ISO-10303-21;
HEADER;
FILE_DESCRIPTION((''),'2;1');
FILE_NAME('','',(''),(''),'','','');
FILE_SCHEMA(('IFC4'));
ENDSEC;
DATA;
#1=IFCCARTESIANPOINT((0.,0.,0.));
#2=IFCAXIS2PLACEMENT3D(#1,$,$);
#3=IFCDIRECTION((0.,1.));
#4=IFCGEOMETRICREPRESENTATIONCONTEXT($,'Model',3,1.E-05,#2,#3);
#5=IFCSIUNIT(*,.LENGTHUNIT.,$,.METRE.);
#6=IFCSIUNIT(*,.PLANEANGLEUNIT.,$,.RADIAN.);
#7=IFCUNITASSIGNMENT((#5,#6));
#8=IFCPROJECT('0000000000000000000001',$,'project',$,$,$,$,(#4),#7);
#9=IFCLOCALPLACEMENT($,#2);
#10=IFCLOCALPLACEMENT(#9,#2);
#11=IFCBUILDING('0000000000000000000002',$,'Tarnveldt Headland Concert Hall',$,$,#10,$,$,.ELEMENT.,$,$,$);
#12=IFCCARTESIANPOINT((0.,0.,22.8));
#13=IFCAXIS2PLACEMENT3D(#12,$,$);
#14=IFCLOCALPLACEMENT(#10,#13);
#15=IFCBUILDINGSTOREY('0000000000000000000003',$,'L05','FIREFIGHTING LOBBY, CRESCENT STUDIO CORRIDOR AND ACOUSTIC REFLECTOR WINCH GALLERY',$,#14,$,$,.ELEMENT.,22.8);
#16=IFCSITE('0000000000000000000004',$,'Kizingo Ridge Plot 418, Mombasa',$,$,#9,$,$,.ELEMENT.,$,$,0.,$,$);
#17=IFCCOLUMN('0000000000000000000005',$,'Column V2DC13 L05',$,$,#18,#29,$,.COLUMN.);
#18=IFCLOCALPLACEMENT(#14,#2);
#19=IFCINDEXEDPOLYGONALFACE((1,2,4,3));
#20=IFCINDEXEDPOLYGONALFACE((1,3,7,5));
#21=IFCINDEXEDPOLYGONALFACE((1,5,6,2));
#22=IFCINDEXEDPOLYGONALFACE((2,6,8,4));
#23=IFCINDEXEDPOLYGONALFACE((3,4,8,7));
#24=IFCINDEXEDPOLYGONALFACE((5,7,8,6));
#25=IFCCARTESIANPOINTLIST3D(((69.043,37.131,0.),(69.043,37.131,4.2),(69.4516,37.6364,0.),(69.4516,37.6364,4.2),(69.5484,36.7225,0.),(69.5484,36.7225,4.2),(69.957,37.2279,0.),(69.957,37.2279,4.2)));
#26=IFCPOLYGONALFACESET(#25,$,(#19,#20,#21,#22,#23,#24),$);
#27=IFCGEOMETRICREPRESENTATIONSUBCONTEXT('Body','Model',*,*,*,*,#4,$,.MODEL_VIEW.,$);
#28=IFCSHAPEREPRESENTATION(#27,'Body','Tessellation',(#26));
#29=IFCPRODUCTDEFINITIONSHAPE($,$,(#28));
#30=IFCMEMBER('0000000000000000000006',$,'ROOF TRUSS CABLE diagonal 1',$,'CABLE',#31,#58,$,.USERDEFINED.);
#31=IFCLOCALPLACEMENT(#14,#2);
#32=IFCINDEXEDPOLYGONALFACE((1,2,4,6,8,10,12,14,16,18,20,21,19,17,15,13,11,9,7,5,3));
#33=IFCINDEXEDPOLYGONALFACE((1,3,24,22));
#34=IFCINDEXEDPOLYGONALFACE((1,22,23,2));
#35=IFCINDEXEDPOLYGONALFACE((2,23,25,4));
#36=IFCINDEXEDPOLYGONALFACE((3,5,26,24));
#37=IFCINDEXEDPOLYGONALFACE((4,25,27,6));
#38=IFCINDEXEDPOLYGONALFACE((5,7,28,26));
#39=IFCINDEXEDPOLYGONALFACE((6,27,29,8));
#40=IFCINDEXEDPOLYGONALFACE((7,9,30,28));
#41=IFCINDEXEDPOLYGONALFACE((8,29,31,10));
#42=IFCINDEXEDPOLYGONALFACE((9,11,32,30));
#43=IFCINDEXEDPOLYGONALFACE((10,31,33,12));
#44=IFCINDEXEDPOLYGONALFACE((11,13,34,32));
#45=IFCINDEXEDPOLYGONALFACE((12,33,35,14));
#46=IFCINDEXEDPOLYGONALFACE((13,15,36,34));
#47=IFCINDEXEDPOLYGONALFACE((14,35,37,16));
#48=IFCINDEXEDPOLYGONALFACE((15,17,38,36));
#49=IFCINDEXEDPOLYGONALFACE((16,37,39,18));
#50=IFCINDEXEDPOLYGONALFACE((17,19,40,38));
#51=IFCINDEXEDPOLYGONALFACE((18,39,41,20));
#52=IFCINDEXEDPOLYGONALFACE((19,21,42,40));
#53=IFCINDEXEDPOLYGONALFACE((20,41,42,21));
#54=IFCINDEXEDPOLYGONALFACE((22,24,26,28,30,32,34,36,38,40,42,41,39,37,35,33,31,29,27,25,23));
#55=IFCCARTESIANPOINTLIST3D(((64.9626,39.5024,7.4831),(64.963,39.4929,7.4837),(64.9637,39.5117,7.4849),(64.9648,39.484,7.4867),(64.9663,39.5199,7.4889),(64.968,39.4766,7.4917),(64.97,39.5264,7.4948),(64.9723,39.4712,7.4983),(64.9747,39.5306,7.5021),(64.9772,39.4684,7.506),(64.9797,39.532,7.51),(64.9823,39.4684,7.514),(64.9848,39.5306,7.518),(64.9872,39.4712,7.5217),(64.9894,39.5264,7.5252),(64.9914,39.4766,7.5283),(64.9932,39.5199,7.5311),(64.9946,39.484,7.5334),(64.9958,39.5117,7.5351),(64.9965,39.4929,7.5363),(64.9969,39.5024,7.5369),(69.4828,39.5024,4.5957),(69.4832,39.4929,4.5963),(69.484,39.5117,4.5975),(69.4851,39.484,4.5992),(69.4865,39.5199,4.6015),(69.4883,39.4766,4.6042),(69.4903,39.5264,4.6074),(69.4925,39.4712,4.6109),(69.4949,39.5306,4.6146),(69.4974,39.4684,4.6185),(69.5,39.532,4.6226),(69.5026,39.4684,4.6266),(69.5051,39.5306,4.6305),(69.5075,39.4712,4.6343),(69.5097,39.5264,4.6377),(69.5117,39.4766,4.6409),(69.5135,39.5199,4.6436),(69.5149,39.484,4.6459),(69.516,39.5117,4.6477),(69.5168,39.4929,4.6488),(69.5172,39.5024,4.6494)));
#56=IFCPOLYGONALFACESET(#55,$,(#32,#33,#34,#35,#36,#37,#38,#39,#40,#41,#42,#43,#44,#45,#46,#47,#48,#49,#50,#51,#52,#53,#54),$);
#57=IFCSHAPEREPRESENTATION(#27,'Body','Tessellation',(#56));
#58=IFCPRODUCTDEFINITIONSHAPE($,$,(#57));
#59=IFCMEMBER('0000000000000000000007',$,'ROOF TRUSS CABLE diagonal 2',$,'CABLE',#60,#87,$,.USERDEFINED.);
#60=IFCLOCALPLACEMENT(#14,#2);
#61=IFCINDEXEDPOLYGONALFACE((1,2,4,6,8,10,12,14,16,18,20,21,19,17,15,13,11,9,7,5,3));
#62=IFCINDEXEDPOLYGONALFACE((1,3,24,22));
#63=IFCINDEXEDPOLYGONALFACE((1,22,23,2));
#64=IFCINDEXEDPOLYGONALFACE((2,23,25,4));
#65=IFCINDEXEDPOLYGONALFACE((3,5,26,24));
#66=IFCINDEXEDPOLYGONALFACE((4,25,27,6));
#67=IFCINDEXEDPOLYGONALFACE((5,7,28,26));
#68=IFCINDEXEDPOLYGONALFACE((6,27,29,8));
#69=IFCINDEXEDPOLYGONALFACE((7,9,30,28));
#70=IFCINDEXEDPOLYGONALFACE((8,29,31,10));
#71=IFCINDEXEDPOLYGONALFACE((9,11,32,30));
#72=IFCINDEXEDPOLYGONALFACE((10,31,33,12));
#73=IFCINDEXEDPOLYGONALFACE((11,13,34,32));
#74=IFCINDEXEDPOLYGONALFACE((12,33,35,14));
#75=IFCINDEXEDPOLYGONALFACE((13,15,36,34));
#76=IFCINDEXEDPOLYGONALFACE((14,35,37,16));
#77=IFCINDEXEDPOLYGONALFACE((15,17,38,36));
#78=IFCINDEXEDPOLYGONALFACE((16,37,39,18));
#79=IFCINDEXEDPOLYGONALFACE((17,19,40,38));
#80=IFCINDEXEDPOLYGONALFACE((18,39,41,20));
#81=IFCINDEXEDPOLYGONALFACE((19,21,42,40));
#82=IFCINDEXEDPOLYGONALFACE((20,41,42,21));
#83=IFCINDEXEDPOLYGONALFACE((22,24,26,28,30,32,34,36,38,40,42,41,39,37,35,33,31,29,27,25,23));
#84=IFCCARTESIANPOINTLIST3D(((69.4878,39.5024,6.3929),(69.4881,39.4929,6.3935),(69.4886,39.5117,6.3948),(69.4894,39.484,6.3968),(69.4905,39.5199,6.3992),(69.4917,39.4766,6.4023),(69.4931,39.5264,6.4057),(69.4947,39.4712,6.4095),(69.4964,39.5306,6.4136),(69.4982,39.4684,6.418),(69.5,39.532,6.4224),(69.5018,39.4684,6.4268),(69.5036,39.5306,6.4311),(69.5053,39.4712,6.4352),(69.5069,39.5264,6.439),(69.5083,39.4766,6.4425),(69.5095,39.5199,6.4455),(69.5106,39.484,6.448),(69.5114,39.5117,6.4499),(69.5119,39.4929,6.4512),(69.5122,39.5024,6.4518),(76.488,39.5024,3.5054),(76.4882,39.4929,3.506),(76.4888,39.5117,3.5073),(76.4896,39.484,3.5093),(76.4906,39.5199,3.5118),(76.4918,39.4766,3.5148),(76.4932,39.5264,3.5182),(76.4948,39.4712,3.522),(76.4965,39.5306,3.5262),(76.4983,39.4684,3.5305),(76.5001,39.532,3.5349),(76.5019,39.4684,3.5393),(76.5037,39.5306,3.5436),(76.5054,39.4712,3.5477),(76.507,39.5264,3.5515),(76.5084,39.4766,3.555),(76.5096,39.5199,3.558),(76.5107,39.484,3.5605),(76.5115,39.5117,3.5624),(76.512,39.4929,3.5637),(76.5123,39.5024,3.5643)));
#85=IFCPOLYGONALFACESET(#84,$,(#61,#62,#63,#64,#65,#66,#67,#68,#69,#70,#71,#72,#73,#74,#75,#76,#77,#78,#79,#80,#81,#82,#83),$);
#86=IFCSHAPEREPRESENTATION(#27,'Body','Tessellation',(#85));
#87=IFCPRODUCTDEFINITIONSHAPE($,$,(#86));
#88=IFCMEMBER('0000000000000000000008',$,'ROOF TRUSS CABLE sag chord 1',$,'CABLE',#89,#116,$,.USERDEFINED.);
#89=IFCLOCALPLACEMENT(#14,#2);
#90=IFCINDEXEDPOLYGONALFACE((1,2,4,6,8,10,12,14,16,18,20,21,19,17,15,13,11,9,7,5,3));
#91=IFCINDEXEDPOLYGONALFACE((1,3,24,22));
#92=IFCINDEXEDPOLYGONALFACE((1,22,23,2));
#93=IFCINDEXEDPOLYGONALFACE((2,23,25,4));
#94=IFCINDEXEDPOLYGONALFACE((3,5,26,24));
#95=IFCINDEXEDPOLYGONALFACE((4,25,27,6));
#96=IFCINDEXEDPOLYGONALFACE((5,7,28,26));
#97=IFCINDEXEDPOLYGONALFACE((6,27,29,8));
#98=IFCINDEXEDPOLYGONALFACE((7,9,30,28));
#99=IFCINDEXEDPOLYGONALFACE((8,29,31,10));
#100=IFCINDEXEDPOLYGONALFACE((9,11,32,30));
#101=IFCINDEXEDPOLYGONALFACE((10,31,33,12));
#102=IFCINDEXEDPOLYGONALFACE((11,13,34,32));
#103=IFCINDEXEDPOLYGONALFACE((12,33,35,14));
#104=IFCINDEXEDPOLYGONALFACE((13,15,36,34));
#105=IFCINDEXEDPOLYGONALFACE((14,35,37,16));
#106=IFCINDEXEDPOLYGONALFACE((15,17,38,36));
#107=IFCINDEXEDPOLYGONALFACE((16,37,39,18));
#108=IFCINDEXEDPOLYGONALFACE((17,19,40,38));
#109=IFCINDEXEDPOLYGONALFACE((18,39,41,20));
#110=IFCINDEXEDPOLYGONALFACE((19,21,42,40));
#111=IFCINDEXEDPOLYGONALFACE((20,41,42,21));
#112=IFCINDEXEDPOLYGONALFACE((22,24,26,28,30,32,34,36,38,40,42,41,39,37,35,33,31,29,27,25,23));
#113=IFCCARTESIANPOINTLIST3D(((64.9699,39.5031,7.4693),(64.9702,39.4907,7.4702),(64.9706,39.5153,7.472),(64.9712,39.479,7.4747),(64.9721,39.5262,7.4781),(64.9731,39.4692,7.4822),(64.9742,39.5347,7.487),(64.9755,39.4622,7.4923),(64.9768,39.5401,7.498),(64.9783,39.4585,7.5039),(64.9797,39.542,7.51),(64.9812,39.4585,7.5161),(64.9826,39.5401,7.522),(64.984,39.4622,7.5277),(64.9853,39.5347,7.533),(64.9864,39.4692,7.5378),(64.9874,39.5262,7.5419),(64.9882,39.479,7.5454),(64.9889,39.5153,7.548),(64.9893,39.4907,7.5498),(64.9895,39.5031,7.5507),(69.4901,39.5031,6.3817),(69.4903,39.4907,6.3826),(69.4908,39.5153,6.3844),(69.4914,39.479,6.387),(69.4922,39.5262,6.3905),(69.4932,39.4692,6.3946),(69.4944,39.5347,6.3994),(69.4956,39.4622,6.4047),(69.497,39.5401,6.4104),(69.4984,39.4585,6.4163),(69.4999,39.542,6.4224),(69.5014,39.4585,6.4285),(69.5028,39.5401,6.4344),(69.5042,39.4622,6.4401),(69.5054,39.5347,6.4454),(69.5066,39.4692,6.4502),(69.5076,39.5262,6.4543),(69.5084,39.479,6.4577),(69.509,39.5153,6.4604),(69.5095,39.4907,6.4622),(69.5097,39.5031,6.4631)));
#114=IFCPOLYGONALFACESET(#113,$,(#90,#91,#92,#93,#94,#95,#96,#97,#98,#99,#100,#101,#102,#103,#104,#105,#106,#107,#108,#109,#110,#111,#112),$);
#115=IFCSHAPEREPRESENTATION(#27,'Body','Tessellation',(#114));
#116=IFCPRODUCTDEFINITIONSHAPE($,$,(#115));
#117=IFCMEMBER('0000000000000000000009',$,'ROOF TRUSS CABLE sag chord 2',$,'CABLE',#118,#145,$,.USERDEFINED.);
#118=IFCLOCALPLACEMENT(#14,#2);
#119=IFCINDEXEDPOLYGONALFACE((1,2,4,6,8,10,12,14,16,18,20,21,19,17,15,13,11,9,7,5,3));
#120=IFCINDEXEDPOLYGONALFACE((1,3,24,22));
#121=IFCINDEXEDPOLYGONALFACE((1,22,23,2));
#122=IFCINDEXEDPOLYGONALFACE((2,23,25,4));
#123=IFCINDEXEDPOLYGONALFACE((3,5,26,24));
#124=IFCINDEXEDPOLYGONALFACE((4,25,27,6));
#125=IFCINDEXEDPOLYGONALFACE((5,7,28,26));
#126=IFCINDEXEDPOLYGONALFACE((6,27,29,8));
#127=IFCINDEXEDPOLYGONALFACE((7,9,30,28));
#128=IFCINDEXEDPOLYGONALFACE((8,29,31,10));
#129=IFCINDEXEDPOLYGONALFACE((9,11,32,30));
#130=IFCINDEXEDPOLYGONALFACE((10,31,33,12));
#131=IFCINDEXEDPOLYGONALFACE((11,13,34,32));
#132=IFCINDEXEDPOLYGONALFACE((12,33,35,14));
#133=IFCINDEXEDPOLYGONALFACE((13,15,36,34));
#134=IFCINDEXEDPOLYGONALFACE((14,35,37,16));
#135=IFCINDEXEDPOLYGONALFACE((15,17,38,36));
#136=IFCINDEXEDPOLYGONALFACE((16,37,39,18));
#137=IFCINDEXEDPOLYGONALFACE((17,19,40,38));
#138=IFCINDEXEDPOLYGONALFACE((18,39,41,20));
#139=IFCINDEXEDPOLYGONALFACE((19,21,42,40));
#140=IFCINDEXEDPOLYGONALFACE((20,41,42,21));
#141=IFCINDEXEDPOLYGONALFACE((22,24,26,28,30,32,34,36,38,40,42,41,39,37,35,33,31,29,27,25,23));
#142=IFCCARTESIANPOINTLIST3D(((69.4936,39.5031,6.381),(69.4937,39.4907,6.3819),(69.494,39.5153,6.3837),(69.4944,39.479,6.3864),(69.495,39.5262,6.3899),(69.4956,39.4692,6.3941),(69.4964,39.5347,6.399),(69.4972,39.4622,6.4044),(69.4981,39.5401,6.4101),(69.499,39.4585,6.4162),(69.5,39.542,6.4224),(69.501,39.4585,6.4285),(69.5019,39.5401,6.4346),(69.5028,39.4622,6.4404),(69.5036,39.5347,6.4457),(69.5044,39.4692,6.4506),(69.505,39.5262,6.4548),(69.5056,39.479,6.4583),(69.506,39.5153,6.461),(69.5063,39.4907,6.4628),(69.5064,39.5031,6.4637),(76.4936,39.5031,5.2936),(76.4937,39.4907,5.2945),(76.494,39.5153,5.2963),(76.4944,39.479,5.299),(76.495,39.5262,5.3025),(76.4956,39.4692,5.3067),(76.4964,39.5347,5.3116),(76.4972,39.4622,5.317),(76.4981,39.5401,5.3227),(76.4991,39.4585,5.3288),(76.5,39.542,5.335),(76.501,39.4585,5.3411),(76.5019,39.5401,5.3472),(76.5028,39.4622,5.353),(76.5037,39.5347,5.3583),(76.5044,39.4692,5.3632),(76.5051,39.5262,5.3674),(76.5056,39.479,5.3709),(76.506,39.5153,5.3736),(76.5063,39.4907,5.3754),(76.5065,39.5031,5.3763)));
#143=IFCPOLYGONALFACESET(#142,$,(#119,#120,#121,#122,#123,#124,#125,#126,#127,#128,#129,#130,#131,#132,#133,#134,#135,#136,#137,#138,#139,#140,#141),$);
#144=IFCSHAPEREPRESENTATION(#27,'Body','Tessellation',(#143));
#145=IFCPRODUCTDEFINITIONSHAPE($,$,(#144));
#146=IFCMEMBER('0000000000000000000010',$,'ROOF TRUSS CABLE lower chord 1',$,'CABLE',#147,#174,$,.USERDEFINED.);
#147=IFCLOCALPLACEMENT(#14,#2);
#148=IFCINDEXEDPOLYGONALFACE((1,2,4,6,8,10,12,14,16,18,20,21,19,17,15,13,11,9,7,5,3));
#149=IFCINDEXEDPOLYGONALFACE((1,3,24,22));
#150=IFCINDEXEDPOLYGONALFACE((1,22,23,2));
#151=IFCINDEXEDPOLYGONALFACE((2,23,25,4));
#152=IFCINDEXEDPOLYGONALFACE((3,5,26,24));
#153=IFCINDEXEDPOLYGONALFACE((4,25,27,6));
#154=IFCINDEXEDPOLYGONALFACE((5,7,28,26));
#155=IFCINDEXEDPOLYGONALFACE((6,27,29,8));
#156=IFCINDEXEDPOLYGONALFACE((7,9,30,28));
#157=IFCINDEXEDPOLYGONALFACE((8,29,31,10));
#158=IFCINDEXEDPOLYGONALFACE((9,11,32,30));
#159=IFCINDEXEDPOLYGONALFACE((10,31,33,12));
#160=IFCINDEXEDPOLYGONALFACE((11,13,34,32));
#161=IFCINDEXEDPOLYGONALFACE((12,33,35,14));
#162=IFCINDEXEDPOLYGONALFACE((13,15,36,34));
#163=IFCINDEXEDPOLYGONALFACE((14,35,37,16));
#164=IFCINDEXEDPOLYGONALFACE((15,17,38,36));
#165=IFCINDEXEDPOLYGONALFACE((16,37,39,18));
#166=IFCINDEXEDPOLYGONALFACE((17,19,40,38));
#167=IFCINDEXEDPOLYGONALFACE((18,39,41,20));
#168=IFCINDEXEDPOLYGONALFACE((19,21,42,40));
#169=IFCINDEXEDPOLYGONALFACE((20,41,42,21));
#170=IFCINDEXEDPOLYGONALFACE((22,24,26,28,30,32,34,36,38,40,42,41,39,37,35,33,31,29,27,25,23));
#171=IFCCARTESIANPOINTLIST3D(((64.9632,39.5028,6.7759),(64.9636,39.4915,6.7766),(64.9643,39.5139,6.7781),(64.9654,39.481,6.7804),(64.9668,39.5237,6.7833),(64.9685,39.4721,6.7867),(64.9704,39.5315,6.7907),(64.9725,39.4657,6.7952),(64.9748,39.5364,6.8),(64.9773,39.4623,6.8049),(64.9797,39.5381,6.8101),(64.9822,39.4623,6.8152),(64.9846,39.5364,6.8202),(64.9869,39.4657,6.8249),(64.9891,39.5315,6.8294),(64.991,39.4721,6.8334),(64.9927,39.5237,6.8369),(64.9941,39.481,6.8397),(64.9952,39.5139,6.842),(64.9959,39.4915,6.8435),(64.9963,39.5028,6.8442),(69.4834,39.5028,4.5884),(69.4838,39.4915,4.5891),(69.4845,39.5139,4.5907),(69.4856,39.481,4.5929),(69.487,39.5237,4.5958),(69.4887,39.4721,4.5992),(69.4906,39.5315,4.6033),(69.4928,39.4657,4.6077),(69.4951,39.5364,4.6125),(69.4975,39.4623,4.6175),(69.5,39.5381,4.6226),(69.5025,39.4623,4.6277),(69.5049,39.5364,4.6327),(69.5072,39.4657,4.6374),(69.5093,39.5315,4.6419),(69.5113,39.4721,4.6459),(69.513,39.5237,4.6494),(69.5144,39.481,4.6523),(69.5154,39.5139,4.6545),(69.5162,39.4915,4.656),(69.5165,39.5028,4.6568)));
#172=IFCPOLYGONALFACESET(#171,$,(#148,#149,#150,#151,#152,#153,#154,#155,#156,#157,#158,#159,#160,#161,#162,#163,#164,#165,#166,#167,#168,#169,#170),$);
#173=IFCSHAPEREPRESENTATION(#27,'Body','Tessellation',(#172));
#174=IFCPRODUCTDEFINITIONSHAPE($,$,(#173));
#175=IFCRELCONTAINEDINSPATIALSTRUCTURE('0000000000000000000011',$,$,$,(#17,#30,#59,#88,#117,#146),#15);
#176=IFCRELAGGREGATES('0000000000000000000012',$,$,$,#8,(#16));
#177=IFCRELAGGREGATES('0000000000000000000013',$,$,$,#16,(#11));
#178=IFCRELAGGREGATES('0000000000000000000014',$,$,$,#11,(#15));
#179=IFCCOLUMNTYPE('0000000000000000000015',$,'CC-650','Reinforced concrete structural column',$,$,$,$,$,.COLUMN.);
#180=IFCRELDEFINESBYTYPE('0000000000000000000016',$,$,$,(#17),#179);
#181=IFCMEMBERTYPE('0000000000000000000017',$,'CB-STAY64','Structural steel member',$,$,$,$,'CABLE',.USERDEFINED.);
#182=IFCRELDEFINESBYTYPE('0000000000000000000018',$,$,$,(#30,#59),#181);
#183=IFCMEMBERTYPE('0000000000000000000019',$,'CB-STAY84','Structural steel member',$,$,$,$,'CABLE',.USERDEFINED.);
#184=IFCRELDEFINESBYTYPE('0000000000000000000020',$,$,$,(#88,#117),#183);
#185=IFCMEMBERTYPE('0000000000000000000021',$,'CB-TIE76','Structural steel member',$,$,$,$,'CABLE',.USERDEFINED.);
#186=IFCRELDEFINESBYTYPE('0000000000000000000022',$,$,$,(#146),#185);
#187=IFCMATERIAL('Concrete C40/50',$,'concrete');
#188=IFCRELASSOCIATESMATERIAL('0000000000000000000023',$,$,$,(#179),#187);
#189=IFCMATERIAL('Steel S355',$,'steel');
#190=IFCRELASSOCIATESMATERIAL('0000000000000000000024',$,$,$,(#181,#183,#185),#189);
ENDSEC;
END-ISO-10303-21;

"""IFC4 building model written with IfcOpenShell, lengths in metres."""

from ifc_helpers import new_model, si_unit, direction, frame, origin, origin_2d, place, context, subcontext, project, spatial, rectangle, circle, extrude, material, material_profile, profile_set, type_object, element, save


model = new_model("IFC4")

# Units and contexts
model_context = context("Model", 3, precision=1e-05, world=origin(), true_north=direction((0.0, 1.0)))
body_context = subcontext(model_context, "Body", "Model", "MODEL_VIEW")
ifc_project = project(units=[si_unit("LENGTHUNIT", "METRE"), si_unit("PLANEANGLEUNIT", "RADIAN")], contexts=[model_context])

# Site, building, storey
site_placement = place(None, origin())
site = spatial("IfcSite", under=ifc_project, at=site_placement, Name="Kizingo Ridge Plot 418, Mombasa", CompositionType="ELEMENT", RefElevation=0.0)
building_placement = place(site_placement, origin())
building = spatial("IfcBuilding", under=site, at=building_placement, Name="Tarnveldt Headland Concert Hall", CompositionType="ELEMENT")
storey_placement = place(building_placement, frame((0.0, 0.0, 22.8)))
storey = spatial("IfcBuildingStorey", under=building, at=storey_placement, Name="L05", Description="FIREFIGHTING LOBBY, CRESCENT STUDIO CORRIDOR AND ACOUSTIC REFLECTOR WINCH GALLERY", CompositionType="ELEMENT", Elevation=22.8)

# Column
ifc_material_1 = material(Name="Concrete C40/50", Category="concrete")
ifc_material_profile_1 = material_profile(ifc_material_1, rectangle(XDim=0.6499, YDim=0.6499, at=origin_2d()), Name="RC 650x650", Category="concrete")
ifc_profile_set_1 = profile_set([ifc_material_profile_1], Name="Concrete C40/50")
column_type = type_object("IfcColumnType", Name="CC-650", Description="Reinforced concrete structural column", PredefinedType="COLUMN", material=ifc_profile_set_1)
column_placement = place(storey_placement, frame((69.5, 37.1794, 0.0), z_axis=(0.0, 0.0, 1.0), x_axis=(-0.628642, -0.777695, 0.0)))
element("IfcColumn", 1, at=column_placement, inside=storey, type_object=column_type, Name="Column V2DC13 L05", PredefinedType="COLUMN", context=body_context, shape_type="SweptSolid", body=[
    extrude(rectangle(XDim=0.6499, YDim=0.6499, at=origin_2d()), origin(), (0.0, 0.0, 1.0), 4.2),
])

# Members
ifc_material_2 = material(Name="Steel S355", Category="steel")
ifc_material_profile_2 = material_profile(ifc_material_2, circle(Radius=0.032, at=origin_2d()), Name="LC D64", Category="steel")
ifc_profile_set_2 = profile_set([ifc_material_profile_2], Name="Steel S355")
member_type_1 = type_object("IfcMemberType", Name="CB-STAY64", Description="Structural steel member", ElementType="CABLE", PredefinedType="USERDEFINED", material=ifc_profile_set_2)
member_1_placement = place(storey_placement, frame((64.9797, 39.5, 7.51), z_axis=(0.842738, 0.0, -0.538324), x_axis=(0.0, 1.0, 0.0)))
element("IfcMember", 2, at=member_1_placement, inside=storey, type_object=member_type_1, Name="ROOF TRUSS CABLE diagonal 1", ObjectType="CABLE", PredefinedType="USERDEFINED", context=body_context, shape_type="SweptSolid", body=[
    extrude(circle(Radius=0.032, at=origin_2d()), origin(), (0.0, 0.0, 1.0), 5.3638),
])
member_2_placement = place(storey_placement, frame((69.5, 39.5, 6.4224), z_axis=(0.924441, 0.0, -0.381325), x_axis=(0.0, 1.0, 0.0)))
element("IfcMember", 3, at=member_2_placement, inside=storey, type_object=member_type_1, Name="ROOF TRUSS CABLE diagonal 2", ObjectType="CABLE", PredefinedType="USERDEFINED", context=body_context, shape_type="SweptSolid", body=[
    extrude(circle(Radius=0.032, at=origin_2d()), origin(), (0.0, 0.0, 1.0), 7.5723),
])
ifc_material_profile_3 = material_profile(ifc_material_2, circle(Radius=0.042, at=origin_2d()), Name="LC D84", Category="steel")
ifc_profile_set_3 = profile_set([ifc_material_profile_3], Name="Steel S355")
member_type_2 = type_object("IfcMemberType", Name="CB-STAY84", Description="Structural steel member", ElementType="CABLE", PredefinedType="USERDEFINED", material=ifc_profile_set_3)
member_3_placement = place(storey_placement, frame((64.9797, 39.5, 7.51), z_axis=(0.972251, 0.0, -0.233939), x_axis=(0.0, 1.0, 0.0)))
element("IfcMember", 4, at=member_3_placement, inside=storey, type_object=member_type_2, Name="ROOF TRUSS CABLE sag chord 1", ObjectType="CABLE", PredefinedType="USERDEFINED", context=body_context, shape_type="SweptSolid", body=[
    extrude(circle(Radius=0.042, at=origin_2d()), origin(), (0.0, 0.0, 1.0), 4.6492),
])
member_4_placement = place(storey_placement, frame((69.5, 39.5, 6.4224), z_axis=(0.988148, 0.0, -0.153502), x_axis=(0.0, 1.0, 0.0)))
element("IfcMember", 5, at=member_4_placement, inside=storey, type_object=member_type_2, Name="ROOF TRUSS CABLE sag chord 2", ObjectType="CABLE", PredefinedType="USERDEFINED", context=body_context, shape_type="SweptSolid", body=[
    extrude(circle(Radius=0.042, at=origin_2d()), origin(), (0.0, 0.0, 1.0), 7.084),
])
ifc_material_profile_4 = material_profile(ifc_material_2, circle(Radius=0.0381, at=origin_2d()), Name="LC D76", Category="steel")
ifc_profile_set_4 = profile_set([ifc_material_profile_4], Name="Steel S355")
member_type_3 = type_object("IfcMemberType", Name="CB-TIE76", Description="Structural steel member", ElementType="CABLE", PredefinedType="USERDEFINED", material=ifc_profile_set_4)
member_5_placement = place(storey_placement, frame((64.9797, 39.5, 6.8101), z_axis=(0.900138, 0.0, -0.435605), x_axis=(0.0, 1.0, 0.0)))
element("IfcMember", 6, at=member_5_placement, inside=storey, type_object=member_type_3, Name="ROOF TRUSS CABLE lower chord 1", ObjectType="CABLE", PredefinedType="USERDEFINED", context=body_context, shape_type="SweptSolid", body=[
    extrude(circle(Radius=0.0381, at=origin_2d()), origin(), (0.0, 0.0, 1.0), 5.0217),
])

save(model, "model.ifc")
